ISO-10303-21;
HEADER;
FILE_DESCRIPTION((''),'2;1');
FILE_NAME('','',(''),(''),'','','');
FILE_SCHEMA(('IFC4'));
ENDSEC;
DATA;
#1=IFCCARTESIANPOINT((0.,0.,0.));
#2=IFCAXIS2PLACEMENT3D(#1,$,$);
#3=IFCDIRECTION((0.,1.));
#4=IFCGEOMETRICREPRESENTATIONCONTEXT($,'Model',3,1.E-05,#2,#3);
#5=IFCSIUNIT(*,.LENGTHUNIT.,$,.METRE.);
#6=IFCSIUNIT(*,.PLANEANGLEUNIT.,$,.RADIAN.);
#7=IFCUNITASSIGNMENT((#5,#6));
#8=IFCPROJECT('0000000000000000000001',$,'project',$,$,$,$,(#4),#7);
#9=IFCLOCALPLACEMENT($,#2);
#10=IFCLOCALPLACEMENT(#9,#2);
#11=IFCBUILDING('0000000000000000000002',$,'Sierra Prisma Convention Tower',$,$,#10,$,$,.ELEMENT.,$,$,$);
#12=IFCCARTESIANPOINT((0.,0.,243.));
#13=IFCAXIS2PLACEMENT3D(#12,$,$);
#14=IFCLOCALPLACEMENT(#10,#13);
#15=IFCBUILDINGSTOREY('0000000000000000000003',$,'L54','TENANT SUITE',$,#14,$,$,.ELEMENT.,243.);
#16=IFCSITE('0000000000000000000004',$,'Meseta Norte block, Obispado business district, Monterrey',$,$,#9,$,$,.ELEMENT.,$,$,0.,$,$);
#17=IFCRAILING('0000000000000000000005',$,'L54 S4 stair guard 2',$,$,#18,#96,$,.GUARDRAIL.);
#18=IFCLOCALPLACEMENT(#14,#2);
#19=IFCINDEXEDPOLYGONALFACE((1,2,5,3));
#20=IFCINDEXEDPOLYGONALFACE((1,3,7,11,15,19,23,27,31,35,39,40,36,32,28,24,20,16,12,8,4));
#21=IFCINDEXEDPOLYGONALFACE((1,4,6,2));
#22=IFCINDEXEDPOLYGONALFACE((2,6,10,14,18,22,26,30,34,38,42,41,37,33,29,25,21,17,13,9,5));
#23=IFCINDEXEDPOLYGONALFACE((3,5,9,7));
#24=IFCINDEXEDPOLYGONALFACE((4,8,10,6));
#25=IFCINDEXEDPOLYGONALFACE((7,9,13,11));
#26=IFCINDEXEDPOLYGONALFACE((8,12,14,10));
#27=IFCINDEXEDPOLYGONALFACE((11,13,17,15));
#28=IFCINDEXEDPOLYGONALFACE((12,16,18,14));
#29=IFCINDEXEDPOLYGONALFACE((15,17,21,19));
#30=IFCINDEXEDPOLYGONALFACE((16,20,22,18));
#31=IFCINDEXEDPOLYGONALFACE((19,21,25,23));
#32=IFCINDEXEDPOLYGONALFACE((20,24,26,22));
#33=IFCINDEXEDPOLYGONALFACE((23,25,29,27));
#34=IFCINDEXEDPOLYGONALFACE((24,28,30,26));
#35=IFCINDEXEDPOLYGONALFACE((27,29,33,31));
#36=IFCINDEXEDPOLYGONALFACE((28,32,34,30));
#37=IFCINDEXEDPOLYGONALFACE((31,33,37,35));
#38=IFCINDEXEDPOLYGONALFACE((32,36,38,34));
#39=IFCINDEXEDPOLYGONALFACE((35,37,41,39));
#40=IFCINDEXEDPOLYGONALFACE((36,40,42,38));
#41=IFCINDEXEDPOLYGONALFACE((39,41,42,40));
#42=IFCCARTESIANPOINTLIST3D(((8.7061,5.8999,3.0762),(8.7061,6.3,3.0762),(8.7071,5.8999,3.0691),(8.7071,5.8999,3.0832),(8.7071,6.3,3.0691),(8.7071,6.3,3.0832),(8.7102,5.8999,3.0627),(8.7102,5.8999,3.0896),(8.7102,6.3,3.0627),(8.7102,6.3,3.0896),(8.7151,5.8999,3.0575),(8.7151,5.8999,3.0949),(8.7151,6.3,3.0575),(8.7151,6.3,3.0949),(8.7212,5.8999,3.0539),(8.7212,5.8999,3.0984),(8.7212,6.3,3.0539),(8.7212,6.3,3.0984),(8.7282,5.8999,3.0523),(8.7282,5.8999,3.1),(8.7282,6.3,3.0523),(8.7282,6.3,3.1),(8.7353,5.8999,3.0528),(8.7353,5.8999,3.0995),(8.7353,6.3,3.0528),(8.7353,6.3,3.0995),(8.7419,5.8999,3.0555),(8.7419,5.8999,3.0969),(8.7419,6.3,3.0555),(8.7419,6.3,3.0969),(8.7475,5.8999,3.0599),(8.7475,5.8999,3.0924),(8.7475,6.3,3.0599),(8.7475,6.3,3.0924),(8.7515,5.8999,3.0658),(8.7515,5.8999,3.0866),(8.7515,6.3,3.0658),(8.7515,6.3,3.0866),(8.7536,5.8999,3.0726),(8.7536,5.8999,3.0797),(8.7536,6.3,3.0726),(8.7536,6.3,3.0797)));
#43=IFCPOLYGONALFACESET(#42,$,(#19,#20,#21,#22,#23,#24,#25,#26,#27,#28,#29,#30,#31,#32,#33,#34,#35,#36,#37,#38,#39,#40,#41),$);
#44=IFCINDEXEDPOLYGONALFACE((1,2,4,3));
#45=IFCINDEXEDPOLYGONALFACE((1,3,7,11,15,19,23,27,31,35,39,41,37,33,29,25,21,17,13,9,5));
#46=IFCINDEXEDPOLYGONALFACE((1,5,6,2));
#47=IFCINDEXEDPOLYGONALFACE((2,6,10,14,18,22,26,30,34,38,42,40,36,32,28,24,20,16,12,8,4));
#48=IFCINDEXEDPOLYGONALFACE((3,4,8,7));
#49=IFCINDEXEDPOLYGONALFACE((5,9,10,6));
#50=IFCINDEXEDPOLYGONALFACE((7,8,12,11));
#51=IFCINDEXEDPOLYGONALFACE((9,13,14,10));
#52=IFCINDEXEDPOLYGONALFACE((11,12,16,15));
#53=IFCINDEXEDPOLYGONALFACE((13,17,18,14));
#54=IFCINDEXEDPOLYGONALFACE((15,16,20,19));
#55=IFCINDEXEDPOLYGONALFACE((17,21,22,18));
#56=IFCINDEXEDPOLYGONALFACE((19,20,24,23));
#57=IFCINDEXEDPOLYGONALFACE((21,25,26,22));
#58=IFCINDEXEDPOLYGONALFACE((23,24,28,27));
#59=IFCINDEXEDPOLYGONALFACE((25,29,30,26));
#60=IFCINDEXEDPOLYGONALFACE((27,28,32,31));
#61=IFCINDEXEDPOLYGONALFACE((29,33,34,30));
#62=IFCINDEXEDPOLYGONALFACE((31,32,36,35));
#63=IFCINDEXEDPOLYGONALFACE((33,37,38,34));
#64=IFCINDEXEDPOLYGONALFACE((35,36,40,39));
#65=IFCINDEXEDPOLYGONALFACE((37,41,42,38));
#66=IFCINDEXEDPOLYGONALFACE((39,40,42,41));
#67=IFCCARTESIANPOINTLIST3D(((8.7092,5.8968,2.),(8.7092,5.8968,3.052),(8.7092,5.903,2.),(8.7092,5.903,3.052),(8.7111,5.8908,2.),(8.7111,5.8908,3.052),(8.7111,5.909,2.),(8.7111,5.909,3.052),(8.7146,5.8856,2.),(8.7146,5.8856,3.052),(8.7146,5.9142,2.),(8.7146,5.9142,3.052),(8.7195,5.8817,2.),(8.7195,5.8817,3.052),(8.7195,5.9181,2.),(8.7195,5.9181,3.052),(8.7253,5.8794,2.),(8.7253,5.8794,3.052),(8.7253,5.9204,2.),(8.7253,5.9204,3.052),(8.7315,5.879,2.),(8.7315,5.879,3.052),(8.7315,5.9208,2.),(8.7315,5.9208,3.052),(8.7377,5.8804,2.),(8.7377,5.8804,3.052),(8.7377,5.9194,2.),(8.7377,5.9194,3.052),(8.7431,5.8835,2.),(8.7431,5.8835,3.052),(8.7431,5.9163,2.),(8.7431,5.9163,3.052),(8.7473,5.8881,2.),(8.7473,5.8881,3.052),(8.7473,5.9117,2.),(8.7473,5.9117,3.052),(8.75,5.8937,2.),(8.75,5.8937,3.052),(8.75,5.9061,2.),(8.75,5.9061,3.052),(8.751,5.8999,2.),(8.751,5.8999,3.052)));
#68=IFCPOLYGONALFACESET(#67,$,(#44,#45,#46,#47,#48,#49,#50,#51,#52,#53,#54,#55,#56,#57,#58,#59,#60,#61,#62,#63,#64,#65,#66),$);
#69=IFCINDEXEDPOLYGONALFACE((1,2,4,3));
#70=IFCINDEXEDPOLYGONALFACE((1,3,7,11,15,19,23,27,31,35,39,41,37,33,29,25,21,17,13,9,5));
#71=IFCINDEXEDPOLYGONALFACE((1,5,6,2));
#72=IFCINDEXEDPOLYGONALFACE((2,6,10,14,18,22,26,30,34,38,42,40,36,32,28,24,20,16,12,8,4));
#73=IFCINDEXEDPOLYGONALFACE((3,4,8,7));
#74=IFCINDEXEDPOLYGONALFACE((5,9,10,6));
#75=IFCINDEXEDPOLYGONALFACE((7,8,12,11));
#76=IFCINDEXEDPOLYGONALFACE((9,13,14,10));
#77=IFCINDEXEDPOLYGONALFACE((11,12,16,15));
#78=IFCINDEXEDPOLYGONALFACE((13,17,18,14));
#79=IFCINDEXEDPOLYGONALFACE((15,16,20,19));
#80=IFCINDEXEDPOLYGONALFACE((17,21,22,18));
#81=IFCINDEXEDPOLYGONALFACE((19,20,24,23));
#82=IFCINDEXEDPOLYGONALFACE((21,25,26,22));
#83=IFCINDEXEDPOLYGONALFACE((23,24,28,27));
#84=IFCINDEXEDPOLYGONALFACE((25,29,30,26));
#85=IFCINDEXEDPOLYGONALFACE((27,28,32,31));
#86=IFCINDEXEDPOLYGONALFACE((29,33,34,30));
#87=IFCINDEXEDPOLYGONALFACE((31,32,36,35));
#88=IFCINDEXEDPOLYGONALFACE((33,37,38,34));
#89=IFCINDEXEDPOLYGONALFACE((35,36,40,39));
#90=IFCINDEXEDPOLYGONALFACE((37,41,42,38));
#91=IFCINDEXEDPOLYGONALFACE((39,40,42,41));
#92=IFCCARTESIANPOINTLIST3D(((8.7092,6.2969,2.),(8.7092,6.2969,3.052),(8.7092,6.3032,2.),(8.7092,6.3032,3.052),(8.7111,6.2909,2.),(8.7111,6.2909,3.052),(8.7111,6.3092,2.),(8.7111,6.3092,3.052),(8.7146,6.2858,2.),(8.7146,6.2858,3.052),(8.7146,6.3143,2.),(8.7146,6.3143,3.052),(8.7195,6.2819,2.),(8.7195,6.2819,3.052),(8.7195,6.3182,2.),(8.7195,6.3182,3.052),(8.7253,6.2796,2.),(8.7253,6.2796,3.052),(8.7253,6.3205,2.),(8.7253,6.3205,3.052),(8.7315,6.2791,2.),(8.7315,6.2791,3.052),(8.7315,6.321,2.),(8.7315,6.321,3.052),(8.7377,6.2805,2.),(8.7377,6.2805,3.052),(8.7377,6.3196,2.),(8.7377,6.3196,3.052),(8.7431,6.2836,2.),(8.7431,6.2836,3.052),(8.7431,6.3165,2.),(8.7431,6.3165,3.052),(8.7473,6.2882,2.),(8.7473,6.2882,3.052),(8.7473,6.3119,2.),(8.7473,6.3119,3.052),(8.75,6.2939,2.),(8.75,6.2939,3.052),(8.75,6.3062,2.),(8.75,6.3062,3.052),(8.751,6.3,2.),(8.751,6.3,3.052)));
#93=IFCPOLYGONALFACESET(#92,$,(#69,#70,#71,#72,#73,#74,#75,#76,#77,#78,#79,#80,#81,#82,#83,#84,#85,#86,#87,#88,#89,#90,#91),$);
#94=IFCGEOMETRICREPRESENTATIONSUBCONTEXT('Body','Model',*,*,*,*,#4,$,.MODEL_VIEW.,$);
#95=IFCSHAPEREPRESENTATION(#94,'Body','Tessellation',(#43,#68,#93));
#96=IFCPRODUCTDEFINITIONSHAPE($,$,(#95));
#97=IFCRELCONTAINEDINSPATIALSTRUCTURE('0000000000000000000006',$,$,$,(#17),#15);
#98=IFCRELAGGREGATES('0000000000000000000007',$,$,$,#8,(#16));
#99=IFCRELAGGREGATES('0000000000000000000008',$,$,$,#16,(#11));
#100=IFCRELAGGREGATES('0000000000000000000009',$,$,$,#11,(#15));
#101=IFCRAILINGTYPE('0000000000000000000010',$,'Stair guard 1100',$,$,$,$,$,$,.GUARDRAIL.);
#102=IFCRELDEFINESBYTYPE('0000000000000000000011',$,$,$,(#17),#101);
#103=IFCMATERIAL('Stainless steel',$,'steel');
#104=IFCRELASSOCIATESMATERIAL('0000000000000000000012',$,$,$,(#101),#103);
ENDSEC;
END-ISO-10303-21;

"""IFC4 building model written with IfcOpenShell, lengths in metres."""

from ifc_helpers import new_model, si_unit, direction, frame, origin, origin_2d, place, context, subcontext, project, spatial, circle, extrude, material, type_object, element, save


model = new_model("IFC4")

# Units and contexts
model_context = context("Model", 3, precision=1e-05, world=origin(), true_north=direction((0.0, 1.0)))
body_context = subcontext(model_context, "Body", "Model", "MODEL_VIEW")
ifc_project = project(units=[si_unit("LENGTHUNIT", "METRE"), si_unit("PLANEANGLEUNIT", "RADIAN")], contexts=[model_context])

# Site, building, storey
site_placement = place(None, origin())
site = spatial("IfcSite", under=ifc_project, at=site_placement, Name="Meseta Norte block, Obispado business district, Monterrey", CompositionType="ELEMENT", RefElevation=0.0)
building_placement = place(site_placement, origin())
building = spatial("IfcBuilding", under=site, at=building_placement, Name="Sierra Prisma Convention Tower", CompositionType="ELEMENT")
storey_placement = place(building_placement, frame((0.0, 0.0, 243.0)))
storey = spatial("IfcBuildingStorey", under=building, at=storey_placement, Name="L54", Description="TENANT SUITE", CompositionType="ELEMENT", Elevation=243.0)

# Railing
ifc_material_1 = material(Name="Stainless steel", Category="steel")
railing_type_1 = type_object("IfcRailingType", Name="Stair guard 1100", PredefinedType="GUARDRAIL", material=ifc_material_1)
railing_1_placement = place(storey_placement, frame((8.73, 5.8999, 2.0)))
element("IfcRailing", 1, at=railing_1_placement, inside=storey, type_object=railing_type_1, Name="L54 S4 stair guard 2", PredefinedType="GUARDRAIL", context=body_context, shape_type="SweptSolid", body=[
    extrude(circle(Radius=0.0239, at=origin_2d()), frame((0.0, 0.0, 1.0762), z_axis=(0.0, 1.0, 0.0), x_axis=(-1.0, 0.0, 0.0)), (0.0, 0.0, 1.0), 0.4001),
    extrude(circle(Radius=0.021, at=origin_2d()), origin(), (0.0, 0.0, 1.0), 1.052),
    extrude(circle(Radius=0.021, at=origin_2d()), frame((0.0, 0.4001, 0.0)), (0.0, 0.0, 1.0), 1.052),
])

save(model, "model.ifc")
